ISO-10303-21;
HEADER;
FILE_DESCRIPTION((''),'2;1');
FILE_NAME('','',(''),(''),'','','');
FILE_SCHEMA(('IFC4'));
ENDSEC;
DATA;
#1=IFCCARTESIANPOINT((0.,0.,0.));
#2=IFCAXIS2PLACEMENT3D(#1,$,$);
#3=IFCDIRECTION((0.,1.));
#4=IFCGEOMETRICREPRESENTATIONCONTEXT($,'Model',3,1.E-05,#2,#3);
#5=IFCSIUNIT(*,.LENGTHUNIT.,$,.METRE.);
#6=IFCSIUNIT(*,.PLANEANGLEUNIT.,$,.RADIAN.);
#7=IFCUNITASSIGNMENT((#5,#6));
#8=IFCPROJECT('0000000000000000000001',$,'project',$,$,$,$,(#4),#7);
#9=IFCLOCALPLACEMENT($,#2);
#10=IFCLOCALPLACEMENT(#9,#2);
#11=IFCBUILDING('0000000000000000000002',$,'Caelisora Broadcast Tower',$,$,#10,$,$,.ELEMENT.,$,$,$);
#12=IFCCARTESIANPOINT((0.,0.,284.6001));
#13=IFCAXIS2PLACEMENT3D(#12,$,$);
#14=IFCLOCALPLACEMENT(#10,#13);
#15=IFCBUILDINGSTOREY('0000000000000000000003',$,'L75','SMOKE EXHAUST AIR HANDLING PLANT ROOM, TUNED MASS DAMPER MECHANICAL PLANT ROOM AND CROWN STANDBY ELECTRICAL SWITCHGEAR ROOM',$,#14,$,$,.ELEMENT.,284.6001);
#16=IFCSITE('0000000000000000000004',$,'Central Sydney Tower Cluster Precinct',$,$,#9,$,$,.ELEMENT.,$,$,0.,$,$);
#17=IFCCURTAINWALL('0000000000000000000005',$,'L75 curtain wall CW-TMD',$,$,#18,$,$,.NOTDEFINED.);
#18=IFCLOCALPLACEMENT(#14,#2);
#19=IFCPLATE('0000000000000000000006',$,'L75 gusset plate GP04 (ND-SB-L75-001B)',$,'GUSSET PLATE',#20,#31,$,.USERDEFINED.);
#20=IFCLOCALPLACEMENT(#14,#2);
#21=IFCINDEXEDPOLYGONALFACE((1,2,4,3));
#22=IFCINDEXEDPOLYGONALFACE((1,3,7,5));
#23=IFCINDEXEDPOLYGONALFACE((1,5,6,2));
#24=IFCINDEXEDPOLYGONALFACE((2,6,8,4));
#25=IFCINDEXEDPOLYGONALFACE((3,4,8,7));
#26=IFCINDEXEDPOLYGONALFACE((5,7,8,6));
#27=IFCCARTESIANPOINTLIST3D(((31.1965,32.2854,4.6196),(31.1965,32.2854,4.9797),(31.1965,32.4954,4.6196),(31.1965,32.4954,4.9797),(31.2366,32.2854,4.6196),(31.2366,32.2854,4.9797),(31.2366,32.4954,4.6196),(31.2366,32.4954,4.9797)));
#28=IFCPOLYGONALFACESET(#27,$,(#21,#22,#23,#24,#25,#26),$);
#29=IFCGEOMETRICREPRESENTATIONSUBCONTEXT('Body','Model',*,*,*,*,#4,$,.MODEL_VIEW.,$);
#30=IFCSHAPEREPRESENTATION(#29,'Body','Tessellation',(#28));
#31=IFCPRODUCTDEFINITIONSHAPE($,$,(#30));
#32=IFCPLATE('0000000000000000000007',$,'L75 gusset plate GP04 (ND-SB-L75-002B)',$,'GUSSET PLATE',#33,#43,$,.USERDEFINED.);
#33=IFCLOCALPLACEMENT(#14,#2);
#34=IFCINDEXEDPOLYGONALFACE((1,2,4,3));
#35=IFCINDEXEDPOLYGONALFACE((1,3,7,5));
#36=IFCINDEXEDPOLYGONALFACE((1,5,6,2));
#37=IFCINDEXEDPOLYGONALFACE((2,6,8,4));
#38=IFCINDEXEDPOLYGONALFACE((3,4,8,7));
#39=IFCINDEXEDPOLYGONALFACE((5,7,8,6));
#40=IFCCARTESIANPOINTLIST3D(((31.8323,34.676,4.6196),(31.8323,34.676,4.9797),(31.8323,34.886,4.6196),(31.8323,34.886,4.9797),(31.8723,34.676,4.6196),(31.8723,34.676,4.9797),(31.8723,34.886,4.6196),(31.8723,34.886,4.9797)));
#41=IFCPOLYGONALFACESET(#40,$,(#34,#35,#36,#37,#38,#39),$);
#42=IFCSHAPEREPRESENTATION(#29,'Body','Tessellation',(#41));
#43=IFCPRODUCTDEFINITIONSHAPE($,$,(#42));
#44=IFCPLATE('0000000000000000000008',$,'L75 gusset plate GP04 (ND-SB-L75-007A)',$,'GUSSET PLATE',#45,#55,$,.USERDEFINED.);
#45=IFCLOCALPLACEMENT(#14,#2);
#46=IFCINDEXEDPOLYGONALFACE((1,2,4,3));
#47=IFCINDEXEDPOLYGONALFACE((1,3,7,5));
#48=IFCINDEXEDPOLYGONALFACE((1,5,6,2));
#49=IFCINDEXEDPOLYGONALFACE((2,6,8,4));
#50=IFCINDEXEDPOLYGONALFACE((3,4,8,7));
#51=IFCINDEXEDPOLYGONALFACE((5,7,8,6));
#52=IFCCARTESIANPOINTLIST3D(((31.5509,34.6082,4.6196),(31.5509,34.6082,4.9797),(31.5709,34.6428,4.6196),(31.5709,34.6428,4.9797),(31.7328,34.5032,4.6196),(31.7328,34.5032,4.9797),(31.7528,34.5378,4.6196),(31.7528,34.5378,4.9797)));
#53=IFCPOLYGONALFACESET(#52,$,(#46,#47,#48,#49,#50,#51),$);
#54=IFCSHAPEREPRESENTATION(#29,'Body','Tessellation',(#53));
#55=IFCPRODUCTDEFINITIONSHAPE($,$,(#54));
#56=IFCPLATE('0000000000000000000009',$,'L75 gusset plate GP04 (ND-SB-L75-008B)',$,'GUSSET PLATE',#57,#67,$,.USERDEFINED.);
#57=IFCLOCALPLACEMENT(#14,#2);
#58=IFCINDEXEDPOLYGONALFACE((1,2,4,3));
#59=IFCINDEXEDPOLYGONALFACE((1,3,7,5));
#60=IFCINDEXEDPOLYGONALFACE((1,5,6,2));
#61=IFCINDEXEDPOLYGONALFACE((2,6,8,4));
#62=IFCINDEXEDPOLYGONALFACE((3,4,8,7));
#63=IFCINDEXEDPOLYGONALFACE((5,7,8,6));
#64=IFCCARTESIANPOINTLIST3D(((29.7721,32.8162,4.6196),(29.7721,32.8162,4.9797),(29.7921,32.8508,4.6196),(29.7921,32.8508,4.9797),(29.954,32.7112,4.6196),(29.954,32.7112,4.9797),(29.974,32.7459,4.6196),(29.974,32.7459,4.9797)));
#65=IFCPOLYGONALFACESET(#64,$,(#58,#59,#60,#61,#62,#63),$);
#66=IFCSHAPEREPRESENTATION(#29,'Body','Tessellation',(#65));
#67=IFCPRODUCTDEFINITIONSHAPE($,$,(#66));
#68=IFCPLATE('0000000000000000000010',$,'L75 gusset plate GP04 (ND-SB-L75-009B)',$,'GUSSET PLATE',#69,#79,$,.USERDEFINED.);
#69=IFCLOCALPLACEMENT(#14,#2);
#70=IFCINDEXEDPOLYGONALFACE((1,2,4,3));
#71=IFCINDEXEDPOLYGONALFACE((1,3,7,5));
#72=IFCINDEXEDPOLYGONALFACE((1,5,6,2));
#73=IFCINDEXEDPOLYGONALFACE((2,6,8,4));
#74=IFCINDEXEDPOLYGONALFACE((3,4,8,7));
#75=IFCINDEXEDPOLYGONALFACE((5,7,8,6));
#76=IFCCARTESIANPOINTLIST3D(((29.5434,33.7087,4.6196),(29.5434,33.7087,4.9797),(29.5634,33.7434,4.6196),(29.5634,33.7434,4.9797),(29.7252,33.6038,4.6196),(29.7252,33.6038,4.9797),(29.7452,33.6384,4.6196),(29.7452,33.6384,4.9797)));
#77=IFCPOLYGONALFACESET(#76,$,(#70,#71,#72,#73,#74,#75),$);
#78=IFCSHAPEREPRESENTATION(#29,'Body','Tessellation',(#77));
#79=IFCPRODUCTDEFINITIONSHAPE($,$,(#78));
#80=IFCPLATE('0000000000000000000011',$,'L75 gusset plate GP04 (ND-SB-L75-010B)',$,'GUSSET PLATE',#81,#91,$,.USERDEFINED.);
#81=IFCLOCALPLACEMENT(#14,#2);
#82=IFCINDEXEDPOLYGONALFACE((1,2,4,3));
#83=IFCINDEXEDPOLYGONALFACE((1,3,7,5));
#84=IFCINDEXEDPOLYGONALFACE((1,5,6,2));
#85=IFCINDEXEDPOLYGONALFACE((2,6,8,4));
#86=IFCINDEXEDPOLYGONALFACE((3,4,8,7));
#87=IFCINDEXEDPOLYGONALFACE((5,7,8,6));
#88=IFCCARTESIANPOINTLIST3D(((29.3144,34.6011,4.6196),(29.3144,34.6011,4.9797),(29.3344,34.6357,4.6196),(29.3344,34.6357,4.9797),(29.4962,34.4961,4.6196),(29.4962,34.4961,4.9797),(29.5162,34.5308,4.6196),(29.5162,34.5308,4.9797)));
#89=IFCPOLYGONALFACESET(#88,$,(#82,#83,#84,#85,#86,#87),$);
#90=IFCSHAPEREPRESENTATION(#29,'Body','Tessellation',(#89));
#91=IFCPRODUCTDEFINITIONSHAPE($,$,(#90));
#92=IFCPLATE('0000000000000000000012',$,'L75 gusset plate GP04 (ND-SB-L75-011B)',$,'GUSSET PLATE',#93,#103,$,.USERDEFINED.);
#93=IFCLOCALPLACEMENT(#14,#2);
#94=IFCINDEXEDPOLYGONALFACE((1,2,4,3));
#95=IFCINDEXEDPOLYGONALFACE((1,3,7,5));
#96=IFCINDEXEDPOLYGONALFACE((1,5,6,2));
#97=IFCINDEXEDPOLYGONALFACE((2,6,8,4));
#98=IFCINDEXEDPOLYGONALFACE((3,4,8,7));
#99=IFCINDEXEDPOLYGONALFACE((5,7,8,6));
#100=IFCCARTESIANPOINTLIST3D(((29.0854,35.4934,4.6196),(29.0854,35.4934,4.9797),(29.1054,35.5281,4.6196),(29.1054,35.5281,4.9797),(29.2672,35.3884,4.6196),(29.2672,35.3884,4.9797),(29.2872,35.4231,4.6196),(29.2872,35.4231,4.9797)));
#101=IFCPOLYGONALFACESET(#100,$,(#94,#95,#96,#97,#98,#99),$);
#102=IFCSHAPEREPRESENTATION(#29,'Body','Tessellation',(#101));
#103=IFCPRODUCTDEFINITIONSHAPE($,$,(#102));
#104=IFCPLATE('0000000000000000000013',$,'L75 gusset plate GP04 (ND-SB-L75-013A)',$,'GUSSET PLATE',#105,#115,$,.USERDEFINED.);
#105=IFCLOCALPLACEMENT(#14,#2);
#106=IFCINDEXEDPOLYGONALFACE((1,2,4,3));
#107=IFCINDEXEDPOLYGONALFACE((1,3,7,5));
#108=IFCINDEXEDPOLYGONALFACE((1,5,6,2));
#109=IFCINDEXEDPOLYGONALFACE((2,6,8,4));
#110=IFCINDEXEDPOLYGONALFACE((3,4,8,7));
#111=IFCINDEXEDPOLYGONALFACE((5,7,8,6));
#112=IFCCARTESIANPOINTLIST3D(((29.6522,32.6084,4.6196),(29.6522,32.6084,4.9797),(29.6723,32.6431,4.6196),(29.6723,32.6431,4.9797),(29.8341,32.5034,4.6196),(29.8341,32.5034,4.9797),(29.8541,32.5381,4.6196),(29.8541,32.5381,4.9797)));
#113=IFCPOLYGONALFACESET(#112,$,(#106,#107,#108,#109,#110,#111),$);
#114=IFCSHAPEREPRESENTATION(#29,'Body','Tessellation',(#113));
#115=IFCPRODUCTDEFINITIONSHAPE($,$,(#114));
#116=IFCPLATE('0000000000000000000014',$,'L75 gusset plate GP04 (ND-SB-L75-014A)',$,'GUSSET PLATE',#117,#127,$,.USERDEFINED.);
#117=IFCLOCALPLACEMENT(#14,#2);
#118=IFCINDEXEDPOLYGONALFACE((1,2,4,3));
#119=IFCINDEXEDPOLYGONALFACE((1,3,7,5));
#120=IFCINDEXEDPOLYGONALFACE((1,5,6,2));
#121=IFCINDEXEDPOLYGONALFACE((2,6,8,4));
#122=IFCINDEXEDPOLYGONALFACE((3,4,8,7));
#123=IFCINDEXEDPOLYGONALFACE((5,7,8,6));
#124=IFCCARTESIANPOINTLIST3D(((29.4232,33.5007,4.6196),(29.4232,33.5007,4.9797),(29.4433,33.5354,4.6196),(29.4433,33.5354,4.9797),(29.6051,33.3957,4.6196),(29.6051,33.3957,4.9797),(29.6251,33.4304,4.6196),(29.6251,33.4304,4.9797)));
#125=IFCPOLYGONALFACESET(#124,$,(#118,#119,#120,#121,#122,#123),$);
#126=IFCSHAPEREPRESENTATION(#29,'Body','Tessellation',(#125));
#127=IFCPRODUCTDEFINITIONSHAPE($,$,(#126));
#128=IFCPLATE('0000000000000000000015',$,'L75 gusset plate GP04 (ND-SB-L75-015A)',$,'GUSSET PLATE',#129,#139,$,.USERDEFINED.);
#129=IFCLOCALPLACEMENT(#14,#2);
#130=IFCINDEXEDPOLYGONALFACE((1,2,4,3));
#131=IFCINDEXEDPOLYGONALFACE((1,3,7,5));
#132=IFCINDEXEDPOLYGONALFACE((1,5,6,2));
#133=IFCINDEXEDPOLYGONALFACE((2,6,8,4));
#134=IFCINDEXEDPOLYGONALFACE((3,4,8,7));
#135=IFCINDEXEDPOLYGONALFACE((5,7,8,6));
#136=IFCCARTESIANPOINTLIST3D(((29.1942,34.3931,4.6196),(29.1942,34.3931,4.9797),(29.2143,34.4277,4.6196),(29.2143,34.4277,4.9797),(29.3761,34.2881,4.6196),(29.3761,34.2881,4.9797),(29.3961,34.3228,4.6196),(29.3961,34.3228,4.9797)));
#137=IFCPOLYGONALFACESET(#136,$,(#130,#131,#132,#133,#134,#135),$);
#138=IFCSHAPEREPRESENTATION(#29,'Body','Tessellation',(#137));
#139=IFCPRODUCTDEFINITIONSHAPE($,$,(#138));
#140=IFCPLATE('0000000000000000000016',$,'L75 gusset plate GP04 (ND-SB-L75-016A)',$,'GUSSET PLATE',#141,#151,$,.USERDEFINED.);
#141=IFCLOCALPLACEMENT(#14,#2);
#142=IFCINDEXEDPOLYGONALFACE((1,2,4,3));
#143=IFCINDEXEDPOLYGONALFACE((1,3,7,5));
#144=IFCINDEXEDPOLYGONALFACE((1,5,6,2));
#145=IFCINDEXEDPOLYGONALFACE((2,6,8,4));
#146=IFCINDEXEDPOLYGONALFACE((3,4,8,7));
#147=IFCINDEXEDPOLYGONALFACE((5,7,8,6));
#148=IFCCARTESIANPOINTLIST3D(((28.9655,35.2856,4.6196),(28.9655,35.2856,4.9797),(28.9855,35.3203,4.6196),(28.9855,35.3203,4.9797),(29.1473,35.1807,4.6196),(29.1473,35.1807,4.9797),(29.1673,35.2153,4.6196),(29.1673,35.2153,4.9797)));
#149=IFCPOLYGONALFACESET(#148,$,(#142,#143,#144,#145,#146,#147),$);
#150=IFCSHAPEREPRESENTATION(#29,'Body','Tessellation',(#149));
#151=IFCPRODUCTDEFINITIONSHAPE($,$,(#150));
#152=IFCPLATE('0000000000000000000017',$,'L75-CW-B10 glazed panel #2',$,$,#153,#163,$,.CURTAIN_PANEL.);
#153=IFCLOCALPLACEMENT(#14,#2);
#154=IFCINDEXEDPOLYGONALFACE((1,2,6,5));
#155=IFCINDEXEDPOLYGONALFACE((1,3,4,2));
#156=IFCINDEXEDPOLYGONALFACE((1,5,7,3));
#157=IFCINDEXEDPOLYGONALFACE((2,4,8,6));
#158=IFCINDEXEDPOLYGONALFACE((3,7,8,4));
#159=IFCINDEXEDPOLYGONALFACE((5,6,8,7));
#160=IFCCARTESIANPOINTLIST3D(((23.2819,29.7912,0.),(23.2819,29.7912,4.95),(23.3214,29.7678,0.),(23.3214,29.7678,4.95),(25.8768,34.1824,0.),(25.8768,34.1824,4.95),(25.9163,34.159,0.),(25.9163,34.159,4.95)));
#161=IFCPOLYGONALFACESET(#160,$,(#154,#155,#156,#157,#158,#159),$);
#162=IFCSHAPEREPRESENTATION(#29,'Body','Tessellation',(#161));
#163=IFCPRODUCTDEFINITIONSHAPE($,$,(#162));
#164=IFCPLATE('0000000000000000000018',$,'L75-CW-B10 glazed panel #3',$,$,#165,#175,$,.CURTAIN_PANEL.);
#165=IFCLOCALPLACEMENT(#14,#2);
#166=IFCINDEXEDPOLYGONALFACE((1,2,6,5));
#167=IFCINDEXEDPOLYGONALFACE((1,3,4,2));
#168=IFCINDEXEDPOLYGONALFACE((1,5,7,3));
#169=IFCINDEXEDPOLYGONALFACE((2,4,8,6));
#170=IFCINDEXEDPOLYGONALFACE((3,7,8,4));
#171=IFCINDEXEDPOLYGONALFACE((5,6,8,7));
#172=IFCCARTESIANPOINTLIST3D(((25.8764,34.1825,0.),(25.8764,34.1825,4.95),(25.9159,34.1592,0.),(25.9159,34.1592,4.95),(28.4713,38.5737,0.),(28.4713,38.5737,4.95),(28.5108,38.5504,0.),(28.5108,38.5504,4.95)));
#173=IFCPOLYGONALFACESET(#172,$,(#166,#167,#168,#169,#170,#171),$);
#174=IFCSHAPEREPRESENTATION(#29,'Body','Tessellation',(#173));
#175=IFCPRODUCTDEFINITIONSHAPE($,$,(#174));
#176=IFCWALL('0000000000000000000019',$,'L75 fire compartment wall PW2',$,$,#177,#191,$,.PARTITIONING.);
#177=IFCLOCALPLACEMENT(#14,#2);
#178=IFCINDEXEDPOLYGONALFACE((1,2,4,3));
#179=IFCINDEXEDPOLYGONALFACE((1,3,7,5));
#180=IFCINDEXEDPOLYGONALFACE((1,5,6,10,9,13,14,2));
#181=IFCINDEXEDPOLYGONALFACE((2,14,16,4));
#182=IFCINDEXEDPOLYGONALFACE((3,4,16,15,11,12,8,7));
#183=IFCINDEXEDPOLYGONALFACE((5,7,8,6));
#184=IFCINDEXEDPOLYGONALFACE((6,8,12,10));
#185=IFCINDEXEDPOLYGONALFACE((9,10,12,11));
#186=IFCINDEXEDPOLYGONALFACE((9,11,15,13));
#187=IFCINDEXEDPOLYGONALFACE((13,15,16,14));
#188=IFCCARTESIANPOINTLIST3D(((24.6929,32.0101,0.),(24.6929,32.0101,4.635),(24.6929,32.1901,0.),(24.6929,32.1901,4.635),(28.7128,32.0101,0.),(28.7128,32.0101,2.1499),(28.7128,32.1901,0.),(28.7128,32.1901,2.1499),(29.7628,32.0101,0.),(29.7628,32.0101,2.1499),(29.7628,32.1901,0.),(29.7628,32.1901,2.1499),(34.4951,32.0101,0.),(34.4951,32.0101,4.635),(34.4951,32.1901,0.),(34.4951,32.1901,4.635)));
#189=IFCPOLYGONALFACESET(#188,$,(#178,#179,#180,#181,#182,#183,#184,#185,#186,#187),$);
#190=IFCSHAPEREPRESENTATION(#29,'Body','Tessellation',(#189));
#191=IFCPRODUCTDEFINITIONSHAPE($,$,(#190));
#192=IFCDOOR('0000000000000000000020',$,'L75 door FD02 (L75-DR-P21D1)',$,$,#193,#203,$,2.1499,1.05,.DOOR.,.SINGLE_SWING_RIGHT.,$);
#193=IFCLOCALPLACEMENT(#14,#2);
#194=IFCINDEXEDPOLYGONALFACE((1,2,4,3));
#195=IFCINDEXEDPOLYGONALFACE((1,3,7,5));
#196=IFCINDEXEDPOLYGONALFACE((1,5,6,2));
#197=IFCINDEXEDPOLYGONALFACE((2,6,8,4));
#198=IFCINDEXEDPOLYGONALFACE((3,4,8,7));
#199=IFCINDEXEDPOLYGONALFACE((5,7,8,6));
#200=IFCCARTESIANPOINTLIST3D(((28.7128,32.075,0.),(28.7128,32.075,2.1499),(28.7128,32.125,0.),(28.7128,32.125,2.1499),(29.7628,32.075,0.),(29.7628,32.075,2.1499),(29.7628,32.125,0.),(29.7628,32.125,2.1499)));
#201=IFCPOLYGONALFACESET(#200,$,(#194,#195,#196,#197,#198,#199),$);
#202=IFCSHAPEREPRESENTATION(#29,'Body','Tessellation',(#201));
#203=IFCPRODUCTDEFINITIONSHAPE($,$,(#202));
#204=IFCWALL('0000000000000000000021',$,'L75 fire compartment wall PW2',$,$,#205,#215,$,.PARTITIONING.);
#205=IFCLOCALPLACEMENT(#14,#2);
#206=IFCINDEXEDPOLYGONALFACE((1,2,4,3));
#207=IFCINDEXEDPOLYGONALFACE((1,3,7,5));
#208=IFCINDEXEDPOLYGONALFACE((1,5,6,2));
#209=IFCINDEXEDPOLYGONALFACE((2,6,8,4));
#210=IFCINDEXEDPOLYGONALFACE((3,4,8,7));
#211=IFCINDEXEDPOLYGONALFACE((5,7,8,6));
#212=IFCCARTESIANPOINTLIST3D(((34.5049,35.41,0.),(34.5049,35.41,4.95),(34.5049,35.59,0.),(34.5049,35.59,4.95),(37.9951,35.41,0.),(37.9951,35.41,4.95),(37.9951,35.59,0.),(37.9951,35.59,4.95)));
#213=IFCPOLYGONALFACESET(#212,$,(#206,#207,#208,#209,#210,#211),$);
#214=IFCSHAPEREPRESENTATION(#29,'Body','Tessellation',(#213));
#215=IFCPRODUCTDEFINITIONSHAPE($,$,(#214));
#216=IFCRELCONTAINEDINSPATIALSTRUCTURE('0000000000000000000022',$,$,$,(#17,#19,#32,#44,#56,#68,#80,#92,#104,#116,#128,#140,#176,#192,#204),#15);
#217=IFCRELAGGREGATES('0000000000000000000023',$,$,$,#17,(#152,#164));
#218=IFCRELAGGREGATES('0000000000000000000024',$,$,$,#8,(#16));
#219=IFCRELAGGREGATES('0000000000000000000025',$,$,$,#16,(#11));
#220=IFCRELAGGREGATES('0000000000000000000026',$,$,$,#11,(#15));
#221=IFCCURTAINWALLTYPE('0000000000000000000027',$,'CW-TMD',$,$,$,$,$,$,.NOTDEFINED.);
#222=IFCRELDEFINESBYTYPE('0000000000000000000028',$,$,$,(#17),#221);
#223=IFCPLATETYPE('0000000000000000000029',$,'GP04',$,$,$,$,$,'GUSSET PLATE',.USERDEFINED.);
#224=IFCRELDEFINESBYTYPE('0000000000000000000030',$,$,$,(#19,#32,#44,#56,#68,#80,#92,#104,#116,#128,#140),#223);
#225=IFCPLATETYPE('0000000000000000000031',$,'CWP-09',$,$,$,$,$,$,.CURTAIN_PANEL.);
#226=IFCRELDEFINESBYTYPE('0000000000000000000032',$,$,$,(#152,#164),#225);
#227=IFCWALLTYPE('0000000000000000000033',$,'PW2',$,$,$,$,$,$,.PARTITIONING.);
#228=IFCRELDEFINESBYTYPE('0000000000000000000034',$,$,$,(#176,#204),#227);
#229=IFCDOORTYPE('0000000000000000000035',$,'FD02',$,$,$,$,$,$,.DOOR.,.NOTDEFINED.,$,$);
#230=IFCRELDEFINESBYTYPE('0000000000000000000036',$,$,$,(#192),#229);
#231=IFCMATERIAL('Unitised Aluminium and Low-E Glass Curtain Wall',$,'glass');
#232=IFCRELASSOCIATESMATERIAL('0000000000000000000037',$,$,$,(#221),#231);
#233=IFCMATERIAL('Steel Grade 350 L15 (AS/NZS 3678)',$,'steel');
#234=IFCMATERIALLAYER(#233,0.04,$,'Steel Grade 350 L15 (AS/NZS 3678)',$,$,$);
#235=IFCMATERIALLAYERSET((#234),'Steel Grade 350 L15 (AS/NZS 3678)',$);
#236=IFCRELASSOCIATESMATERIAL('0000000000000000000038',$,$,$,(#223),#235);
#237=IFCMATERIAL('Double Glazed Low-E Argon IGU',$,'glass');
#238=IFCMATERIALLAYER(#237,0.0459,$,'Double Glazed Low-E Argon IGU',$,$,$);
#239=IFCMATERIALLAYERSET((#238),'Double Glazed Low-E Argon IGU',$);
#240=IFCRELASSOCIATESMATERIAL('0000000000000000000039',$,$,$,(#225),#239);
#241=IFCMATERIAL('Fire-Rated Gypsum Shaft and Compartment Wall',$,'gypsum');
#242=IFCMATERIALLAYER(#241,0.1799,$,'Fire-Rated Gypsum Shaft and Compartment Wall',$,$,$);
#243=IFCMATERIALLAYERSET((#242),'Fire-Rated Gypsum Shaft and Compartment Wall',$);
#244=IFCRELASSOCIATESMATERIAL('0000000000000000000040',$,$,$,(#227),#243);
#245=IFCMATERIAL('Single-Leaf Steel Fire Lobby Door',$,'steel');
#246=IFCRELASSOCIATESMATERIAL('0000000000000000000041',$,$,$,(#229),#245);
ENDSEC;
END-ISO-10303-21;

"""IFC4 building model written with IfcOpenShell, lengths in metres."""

from ifc_helpers import new_model, si_unit, direction, frame, frame_2d, origin, origin_2d, place, context, subcontext, project, spatial, rectangle, extrude, source, transform, mapped, material, layer, layer_set, type_object, type_shapes, element, fill, aggregate, save


model = new_model("IFC4")

# Units and contexts
model_context = context("Model", 3, precision=1e-05, world=origin(), true_north=direction((0.0, 1.0)))
body_context = subcontext(model_context, "Body", "Model", "MODEL_VIEW")
ifc_project = project(units=[si_unit("LENGTHUNIT", "METRE"), si_unit("PLANEANGLEUNIT", "RADIAN")], contexts=[model_context])

# Site, building, storey
site_placement = place(None, origin())
site = spatial("IfcSite", under=ifc_project, at=site_placement, Name="Central Sydney Tower Cluster Precinct", CompositionType="ELEMENT", RefElevation=0.0)
building_placement = place(site_placement, origin())
building = spatial("IfcBuilding", under=site, at=building_placement, Name="Caelisora Broadcast Tower", CompositionType="ELEMENT")
storey_placement = place(building_placement, frame((0.0, 0.0, 284.6001)))
storey = spatial("IfcBuildingStorey", under=building, at=storey_placement, Name="L75", Description="SMOKE EXHAUST AIR HANDLING PLANT ROOM, TUNED MASS DAMPER MECHANICAL PLANT ROOM AND CROWN STANDBY ELECTRICAL SWITCHGEAR ROOM", CompositionType="ELEMENT", Elevation=284.6001)

# Shared definitions
ifc_material_1 = material(Name="Steel Grade 350 L15 (AS/NZS 3678)", Category="steel")

# Curtain wall
ifc_material_2 = material(Name="Unitised Aluminium and Low-E Glass Curtain Wall", Category="glass")
curtain_wall_type = type_object("IfcCurtainWallType", Name="CW-TMD", PredefinedType="NOTDEFINED", material=ifc_material_2)
curtain_wall_placement = place(storey_placement, origin())
curtain_wall = element("IfcCurtainWall", 1, at=curtain_wall_placement, inside=storey, type_object=curtain_wall_type, Name="L75 curtain wall CW-TMD", PredefinedType="NOTDEFINED")

# Plates
ifc_layer_1 = layer(ifc_material_1, 0.04, Name="Steel Grade 350 L15 (AS/NZS 3678)")
ifc_layer_set_1 = layer_set([ifc_layer_1], Name="Steel Grade 350 L15 (AS/NZS 3678)")
plate_type_1 = type_object("IfcPlateType", Name="GP04", ElementType="GUSSET PLATE", PredefinedType="USERDEFINED", material=ifc_layer_set_1)
shared_shape_1 = source(origin(), body_context, "Body", "SweptSolid", [
    extrude(rectangle(XDim=0.21, YDim=0.04, at=origin_2d()), origin(), (0.0, 0.0, 1.0), 0.3601),
])
type_shapes(plate_type_1, [shared_shape_1])
for number, where, z_axis, x_axis, name in (
    (2, (31.2166, 32.3904, 4.6196), (0.0, 0.0, 1.0), (0.0, -1.0, 0.0), "L75 gusset plate GP04 (ND-SB-L75-001B)"),
    (3, (31.8523, 34.781, 4.6196), (0.0, 0.0, 1.0), (0.0, -1.0, 0.0), "L75 gusset plate GP04 (ND-SB-L75-002B)"),
    (4, (31.6519, 34.573, 4.6196), (0.0, 0.0, 1.0), (0.866025, -0.5, 0.0), "L75 gusset plate GP04 (ND-SB-L75-007A)"),
    (5, (29.873, 32.781, 4.6196), (0.0, 0.0, 1.0), (0.866025, -0.5, 0.0), "L75 gusset plate GP04 (ND-SB-L75-008B)"),
    (6, (29.6443, 33.6736, 4.6196), (0.0, 0.0, 1.0), (0.866025, -0.5, 0.0), "L75 gusset plate GP04 (ND-SB-L75-009B)"),
    (7, (29.4153, 34.5659, 4.6196), (0.0, 0.0, 1.0), (0.866025, -0.5, 0.0), "L75 gusset plate GP04 (ND-SB-L75-010B)"),
    (8, (29.1863, 35.4583, 4.6196), (0.0, 0.0, 1.0), (0.866025, -0.5, 0.0), "L75 gusset plate GP04 (ND-SB-L75-011B)"),
    (9, (29.7532, 32.5732, 4.6196), (0.0, 0.0, 1.0), (0.866025, -0.5, 0.0), "L75 gusset plate GP04 (ND-SB-L75-013A)"),
    (10, (29.5242, 33.4656, 4.6196), (0.0, 0.0, 1.0), (0.866025, -0.5, 0.0), "L75 gusset plate GP04 (ND-SB-L75-014A)"),
    (11, (29.2952, 34.3579, 4.6196), (0.0, 0.0, 1.0), (0.866025, -0.5, 0.0), "L75 gusset plate GP04 (ND-SB-L75-015A)"),
    (12, (29.0664, 35.2505, 4.6196), (0.0, 0.0, 1.0), (0.866025, -0.5, 0.0), "L75 gusset plate GP04 (ND-SB-L75-016A)"),
):
    element("IfcPlate", number, at=place(storey_placement, frame(where, z_axis=z_axis, x_axis=x_axis)), inside=storey, type_object=plate_type_1, Name=name, ObjectType="GUSSET PLATE", PredefinedType="USERDEFINED", context=body_context, shape_type="MappedRepresentation", body=[
        mapped(shared_shape_1, transform((0.0, 0.0, 0.0), scale=1.0)),
    ])

# Plates
ifc_material_3 = material(Name="Double Glazed Low-E Argon IGU", Category="glass")
ifc_layer_2 = layer(ifc_material_3, 0.0459, Name="Double Glazed Low-E Argon IGU")
ifc_layer_set_2 = layer_set([ifc_layer_2], Name="Double Glazed Low-E Argon IGU")
plate_type_2 = type_object("IfcPlateType", Name="CWP-09", PredefinedType="CURTAIN_PANEL", material=ifc_layer_set_2)
shared_shape_2 = source(origin(), body_context, "Body", "SweptSolid", [
    extrude(rectangle(XDim=5.1006, YDim=0.0459, at=origin_2d()), origin(), (0.0, 0.0, 1.0), 4.95),
])
type_shapes(plate_type_2, [shared_shape_2])
plate_1_placement = place(storey_placement, frame((24.5991, 31.9751, 0.0), z_axis=(0.0, 0.0, 1.0), x_axis=(0.508741, 0.86092, 0.0)))
plate_1 = element("IfcPlate", 13, at=plate_1_placement, type_object=plate_type_2, Name="L75-CW-B10 glazed panel #2", PredefinedType="CURTAIN_PANEL", context=body_context, shape_type="MappedRepresentation", body=[
    mapped(shared_shape_2, transform((0.0, 0.0, 0.0), scale=1.0)),
])
plate_2_placement = place(storey_placement, frame((27.1936, 36.3665, 0.0), z_axis=(0.0, 0.0, 1.0), x_axis=(0.508741, 0.86092, 0.0)))
plate_2 = element("IfcPlate", 14, at=plate_2_placement, type_object=plate_type_2, Name="L75-CW-B10 glazed panel #3", PredefinedType="CURTAIN_PANEL", context=body_context, shape_type="MappedRepresentation", body=[
    mapped(shared_shape_2, transform((0.0, 0.0, 0.0), scale=1.0)),
])
aggregate(curtain_wall, [plate_1, plate_2])

# Wall, opening, door
ifc_material_4 = material(Name="Fire-Rated Gypsum Shaft and Compartment Wall", Category="gypsum")
ifc_layer_3 = layer(ifc_material_4, 0.1799, Name="Fire-Rated Gypsum Shaft and Compartment Wall")
ifc_layer_set_3 = layer_set([ifc_layer_3], Name="Fire-Rated Gypsum Shaft and Compartment Wall")
wall_type = type_object("IfcWallType", Name="PW2", PredefinedType="PARTITIONING", material=ifc_layer_set_3)
wall_1_placement = place(storey_placement, frame((24.6929, 32.1001, 0.0), z_axis=(0.0, 0.0, 1.0), x_axis=(1.0, 0.0, 0.0)))
wall_1 = element("IfcWall", 15, at=wall_1_placement, inside=storey, type_object=wall_type, Name="L75 fire compartment wall PW2", PredefinedType="PARTITIONING", context=body_context, shape_type="SweptSolid", body=[
    extrude(rectangle(XDim=9.8022, YDim=0.1799, at=frame_2d((4.9011, 0.0))), origin(), (0.0, 0.0, 1.0), 4.635),
])
opening_1_placement = place(wall_1_placement, frame((4.02, 0.0, 0.0)))
opening_1 = element("IfcOpeningElement", 16, at=opening_1_placement, cuts=wall_1, PredefinedType="OPENING", context=body_context, shape_type="SweptSolid", body=[
    extrude(rectangle(XDim=1.05, YDim=2.1499, at=frame_2d((0.5249, 1.075))), frame((0.0, 0.1021, 0.0), z_axis=(0.0, -1.0, 0.0), x_axis=(1.0, 0.0, 0.0)), (0.0, 0.0, 1.0), 0.2039),
])
ifc_material_5 = material(Name="Single-Leaf Steel Fire Lobby Door", Category="steel")
door_type = type_object("IfcDoorType", Name="FD02", OperationType="NOTDEFINED", PredefinedType="DOOR", material=ifc_material_5)
door_1_placement = place(opening_1_placement, origin())
door_1 = element("IfcDoor", 17, at=door_1_placement, inside=storey, type_object=door_type, Name="L75 door FD02 (L75-DR-P21D1)", OperationType="SINGLE_SWING_RIGHT", OverallHeight=2.1499, OverallWidth=1.05, PredefinedType="DOOR", context=body_context, shape_type="SweptSolid", body=[
    extrude(rectangle(XDim=1.05, YDim=2.1499, at=frame_2d((0.5249, 1.075))), frame((0.0, 0.0249, 0.0), z_axis=(0.0, -1.0, 0.0), x_axis=(1.0, 0.0, 0.0)), (0.0, 0.0, 1.0), 0.05),
])
fill(opening_1, door_1)

# Wall
wall_2_placement = place(storey_placement, frame((34.5049, 35.5, 0.0), z_axis=(0.0, 0.0, 1.0), x_axis=(1.0, 0.0, 0.0)))
element("IfcWall", 18, at=wall_2_placement, inside=storey, type_object=wall_type, Name="L75 fire compartment wall PW2", PredefinedType="PARTITIONING", context=body_context, shape_type="SweptSolid", body=[
    extrude(rectangle(XDim=3.4902, YDim=0.1799, at=frame_2d((1.7451, 0.0))), origin(), (0.0, 0.0, 1.0), 4.95),
])

save(model, "model.ifc")
